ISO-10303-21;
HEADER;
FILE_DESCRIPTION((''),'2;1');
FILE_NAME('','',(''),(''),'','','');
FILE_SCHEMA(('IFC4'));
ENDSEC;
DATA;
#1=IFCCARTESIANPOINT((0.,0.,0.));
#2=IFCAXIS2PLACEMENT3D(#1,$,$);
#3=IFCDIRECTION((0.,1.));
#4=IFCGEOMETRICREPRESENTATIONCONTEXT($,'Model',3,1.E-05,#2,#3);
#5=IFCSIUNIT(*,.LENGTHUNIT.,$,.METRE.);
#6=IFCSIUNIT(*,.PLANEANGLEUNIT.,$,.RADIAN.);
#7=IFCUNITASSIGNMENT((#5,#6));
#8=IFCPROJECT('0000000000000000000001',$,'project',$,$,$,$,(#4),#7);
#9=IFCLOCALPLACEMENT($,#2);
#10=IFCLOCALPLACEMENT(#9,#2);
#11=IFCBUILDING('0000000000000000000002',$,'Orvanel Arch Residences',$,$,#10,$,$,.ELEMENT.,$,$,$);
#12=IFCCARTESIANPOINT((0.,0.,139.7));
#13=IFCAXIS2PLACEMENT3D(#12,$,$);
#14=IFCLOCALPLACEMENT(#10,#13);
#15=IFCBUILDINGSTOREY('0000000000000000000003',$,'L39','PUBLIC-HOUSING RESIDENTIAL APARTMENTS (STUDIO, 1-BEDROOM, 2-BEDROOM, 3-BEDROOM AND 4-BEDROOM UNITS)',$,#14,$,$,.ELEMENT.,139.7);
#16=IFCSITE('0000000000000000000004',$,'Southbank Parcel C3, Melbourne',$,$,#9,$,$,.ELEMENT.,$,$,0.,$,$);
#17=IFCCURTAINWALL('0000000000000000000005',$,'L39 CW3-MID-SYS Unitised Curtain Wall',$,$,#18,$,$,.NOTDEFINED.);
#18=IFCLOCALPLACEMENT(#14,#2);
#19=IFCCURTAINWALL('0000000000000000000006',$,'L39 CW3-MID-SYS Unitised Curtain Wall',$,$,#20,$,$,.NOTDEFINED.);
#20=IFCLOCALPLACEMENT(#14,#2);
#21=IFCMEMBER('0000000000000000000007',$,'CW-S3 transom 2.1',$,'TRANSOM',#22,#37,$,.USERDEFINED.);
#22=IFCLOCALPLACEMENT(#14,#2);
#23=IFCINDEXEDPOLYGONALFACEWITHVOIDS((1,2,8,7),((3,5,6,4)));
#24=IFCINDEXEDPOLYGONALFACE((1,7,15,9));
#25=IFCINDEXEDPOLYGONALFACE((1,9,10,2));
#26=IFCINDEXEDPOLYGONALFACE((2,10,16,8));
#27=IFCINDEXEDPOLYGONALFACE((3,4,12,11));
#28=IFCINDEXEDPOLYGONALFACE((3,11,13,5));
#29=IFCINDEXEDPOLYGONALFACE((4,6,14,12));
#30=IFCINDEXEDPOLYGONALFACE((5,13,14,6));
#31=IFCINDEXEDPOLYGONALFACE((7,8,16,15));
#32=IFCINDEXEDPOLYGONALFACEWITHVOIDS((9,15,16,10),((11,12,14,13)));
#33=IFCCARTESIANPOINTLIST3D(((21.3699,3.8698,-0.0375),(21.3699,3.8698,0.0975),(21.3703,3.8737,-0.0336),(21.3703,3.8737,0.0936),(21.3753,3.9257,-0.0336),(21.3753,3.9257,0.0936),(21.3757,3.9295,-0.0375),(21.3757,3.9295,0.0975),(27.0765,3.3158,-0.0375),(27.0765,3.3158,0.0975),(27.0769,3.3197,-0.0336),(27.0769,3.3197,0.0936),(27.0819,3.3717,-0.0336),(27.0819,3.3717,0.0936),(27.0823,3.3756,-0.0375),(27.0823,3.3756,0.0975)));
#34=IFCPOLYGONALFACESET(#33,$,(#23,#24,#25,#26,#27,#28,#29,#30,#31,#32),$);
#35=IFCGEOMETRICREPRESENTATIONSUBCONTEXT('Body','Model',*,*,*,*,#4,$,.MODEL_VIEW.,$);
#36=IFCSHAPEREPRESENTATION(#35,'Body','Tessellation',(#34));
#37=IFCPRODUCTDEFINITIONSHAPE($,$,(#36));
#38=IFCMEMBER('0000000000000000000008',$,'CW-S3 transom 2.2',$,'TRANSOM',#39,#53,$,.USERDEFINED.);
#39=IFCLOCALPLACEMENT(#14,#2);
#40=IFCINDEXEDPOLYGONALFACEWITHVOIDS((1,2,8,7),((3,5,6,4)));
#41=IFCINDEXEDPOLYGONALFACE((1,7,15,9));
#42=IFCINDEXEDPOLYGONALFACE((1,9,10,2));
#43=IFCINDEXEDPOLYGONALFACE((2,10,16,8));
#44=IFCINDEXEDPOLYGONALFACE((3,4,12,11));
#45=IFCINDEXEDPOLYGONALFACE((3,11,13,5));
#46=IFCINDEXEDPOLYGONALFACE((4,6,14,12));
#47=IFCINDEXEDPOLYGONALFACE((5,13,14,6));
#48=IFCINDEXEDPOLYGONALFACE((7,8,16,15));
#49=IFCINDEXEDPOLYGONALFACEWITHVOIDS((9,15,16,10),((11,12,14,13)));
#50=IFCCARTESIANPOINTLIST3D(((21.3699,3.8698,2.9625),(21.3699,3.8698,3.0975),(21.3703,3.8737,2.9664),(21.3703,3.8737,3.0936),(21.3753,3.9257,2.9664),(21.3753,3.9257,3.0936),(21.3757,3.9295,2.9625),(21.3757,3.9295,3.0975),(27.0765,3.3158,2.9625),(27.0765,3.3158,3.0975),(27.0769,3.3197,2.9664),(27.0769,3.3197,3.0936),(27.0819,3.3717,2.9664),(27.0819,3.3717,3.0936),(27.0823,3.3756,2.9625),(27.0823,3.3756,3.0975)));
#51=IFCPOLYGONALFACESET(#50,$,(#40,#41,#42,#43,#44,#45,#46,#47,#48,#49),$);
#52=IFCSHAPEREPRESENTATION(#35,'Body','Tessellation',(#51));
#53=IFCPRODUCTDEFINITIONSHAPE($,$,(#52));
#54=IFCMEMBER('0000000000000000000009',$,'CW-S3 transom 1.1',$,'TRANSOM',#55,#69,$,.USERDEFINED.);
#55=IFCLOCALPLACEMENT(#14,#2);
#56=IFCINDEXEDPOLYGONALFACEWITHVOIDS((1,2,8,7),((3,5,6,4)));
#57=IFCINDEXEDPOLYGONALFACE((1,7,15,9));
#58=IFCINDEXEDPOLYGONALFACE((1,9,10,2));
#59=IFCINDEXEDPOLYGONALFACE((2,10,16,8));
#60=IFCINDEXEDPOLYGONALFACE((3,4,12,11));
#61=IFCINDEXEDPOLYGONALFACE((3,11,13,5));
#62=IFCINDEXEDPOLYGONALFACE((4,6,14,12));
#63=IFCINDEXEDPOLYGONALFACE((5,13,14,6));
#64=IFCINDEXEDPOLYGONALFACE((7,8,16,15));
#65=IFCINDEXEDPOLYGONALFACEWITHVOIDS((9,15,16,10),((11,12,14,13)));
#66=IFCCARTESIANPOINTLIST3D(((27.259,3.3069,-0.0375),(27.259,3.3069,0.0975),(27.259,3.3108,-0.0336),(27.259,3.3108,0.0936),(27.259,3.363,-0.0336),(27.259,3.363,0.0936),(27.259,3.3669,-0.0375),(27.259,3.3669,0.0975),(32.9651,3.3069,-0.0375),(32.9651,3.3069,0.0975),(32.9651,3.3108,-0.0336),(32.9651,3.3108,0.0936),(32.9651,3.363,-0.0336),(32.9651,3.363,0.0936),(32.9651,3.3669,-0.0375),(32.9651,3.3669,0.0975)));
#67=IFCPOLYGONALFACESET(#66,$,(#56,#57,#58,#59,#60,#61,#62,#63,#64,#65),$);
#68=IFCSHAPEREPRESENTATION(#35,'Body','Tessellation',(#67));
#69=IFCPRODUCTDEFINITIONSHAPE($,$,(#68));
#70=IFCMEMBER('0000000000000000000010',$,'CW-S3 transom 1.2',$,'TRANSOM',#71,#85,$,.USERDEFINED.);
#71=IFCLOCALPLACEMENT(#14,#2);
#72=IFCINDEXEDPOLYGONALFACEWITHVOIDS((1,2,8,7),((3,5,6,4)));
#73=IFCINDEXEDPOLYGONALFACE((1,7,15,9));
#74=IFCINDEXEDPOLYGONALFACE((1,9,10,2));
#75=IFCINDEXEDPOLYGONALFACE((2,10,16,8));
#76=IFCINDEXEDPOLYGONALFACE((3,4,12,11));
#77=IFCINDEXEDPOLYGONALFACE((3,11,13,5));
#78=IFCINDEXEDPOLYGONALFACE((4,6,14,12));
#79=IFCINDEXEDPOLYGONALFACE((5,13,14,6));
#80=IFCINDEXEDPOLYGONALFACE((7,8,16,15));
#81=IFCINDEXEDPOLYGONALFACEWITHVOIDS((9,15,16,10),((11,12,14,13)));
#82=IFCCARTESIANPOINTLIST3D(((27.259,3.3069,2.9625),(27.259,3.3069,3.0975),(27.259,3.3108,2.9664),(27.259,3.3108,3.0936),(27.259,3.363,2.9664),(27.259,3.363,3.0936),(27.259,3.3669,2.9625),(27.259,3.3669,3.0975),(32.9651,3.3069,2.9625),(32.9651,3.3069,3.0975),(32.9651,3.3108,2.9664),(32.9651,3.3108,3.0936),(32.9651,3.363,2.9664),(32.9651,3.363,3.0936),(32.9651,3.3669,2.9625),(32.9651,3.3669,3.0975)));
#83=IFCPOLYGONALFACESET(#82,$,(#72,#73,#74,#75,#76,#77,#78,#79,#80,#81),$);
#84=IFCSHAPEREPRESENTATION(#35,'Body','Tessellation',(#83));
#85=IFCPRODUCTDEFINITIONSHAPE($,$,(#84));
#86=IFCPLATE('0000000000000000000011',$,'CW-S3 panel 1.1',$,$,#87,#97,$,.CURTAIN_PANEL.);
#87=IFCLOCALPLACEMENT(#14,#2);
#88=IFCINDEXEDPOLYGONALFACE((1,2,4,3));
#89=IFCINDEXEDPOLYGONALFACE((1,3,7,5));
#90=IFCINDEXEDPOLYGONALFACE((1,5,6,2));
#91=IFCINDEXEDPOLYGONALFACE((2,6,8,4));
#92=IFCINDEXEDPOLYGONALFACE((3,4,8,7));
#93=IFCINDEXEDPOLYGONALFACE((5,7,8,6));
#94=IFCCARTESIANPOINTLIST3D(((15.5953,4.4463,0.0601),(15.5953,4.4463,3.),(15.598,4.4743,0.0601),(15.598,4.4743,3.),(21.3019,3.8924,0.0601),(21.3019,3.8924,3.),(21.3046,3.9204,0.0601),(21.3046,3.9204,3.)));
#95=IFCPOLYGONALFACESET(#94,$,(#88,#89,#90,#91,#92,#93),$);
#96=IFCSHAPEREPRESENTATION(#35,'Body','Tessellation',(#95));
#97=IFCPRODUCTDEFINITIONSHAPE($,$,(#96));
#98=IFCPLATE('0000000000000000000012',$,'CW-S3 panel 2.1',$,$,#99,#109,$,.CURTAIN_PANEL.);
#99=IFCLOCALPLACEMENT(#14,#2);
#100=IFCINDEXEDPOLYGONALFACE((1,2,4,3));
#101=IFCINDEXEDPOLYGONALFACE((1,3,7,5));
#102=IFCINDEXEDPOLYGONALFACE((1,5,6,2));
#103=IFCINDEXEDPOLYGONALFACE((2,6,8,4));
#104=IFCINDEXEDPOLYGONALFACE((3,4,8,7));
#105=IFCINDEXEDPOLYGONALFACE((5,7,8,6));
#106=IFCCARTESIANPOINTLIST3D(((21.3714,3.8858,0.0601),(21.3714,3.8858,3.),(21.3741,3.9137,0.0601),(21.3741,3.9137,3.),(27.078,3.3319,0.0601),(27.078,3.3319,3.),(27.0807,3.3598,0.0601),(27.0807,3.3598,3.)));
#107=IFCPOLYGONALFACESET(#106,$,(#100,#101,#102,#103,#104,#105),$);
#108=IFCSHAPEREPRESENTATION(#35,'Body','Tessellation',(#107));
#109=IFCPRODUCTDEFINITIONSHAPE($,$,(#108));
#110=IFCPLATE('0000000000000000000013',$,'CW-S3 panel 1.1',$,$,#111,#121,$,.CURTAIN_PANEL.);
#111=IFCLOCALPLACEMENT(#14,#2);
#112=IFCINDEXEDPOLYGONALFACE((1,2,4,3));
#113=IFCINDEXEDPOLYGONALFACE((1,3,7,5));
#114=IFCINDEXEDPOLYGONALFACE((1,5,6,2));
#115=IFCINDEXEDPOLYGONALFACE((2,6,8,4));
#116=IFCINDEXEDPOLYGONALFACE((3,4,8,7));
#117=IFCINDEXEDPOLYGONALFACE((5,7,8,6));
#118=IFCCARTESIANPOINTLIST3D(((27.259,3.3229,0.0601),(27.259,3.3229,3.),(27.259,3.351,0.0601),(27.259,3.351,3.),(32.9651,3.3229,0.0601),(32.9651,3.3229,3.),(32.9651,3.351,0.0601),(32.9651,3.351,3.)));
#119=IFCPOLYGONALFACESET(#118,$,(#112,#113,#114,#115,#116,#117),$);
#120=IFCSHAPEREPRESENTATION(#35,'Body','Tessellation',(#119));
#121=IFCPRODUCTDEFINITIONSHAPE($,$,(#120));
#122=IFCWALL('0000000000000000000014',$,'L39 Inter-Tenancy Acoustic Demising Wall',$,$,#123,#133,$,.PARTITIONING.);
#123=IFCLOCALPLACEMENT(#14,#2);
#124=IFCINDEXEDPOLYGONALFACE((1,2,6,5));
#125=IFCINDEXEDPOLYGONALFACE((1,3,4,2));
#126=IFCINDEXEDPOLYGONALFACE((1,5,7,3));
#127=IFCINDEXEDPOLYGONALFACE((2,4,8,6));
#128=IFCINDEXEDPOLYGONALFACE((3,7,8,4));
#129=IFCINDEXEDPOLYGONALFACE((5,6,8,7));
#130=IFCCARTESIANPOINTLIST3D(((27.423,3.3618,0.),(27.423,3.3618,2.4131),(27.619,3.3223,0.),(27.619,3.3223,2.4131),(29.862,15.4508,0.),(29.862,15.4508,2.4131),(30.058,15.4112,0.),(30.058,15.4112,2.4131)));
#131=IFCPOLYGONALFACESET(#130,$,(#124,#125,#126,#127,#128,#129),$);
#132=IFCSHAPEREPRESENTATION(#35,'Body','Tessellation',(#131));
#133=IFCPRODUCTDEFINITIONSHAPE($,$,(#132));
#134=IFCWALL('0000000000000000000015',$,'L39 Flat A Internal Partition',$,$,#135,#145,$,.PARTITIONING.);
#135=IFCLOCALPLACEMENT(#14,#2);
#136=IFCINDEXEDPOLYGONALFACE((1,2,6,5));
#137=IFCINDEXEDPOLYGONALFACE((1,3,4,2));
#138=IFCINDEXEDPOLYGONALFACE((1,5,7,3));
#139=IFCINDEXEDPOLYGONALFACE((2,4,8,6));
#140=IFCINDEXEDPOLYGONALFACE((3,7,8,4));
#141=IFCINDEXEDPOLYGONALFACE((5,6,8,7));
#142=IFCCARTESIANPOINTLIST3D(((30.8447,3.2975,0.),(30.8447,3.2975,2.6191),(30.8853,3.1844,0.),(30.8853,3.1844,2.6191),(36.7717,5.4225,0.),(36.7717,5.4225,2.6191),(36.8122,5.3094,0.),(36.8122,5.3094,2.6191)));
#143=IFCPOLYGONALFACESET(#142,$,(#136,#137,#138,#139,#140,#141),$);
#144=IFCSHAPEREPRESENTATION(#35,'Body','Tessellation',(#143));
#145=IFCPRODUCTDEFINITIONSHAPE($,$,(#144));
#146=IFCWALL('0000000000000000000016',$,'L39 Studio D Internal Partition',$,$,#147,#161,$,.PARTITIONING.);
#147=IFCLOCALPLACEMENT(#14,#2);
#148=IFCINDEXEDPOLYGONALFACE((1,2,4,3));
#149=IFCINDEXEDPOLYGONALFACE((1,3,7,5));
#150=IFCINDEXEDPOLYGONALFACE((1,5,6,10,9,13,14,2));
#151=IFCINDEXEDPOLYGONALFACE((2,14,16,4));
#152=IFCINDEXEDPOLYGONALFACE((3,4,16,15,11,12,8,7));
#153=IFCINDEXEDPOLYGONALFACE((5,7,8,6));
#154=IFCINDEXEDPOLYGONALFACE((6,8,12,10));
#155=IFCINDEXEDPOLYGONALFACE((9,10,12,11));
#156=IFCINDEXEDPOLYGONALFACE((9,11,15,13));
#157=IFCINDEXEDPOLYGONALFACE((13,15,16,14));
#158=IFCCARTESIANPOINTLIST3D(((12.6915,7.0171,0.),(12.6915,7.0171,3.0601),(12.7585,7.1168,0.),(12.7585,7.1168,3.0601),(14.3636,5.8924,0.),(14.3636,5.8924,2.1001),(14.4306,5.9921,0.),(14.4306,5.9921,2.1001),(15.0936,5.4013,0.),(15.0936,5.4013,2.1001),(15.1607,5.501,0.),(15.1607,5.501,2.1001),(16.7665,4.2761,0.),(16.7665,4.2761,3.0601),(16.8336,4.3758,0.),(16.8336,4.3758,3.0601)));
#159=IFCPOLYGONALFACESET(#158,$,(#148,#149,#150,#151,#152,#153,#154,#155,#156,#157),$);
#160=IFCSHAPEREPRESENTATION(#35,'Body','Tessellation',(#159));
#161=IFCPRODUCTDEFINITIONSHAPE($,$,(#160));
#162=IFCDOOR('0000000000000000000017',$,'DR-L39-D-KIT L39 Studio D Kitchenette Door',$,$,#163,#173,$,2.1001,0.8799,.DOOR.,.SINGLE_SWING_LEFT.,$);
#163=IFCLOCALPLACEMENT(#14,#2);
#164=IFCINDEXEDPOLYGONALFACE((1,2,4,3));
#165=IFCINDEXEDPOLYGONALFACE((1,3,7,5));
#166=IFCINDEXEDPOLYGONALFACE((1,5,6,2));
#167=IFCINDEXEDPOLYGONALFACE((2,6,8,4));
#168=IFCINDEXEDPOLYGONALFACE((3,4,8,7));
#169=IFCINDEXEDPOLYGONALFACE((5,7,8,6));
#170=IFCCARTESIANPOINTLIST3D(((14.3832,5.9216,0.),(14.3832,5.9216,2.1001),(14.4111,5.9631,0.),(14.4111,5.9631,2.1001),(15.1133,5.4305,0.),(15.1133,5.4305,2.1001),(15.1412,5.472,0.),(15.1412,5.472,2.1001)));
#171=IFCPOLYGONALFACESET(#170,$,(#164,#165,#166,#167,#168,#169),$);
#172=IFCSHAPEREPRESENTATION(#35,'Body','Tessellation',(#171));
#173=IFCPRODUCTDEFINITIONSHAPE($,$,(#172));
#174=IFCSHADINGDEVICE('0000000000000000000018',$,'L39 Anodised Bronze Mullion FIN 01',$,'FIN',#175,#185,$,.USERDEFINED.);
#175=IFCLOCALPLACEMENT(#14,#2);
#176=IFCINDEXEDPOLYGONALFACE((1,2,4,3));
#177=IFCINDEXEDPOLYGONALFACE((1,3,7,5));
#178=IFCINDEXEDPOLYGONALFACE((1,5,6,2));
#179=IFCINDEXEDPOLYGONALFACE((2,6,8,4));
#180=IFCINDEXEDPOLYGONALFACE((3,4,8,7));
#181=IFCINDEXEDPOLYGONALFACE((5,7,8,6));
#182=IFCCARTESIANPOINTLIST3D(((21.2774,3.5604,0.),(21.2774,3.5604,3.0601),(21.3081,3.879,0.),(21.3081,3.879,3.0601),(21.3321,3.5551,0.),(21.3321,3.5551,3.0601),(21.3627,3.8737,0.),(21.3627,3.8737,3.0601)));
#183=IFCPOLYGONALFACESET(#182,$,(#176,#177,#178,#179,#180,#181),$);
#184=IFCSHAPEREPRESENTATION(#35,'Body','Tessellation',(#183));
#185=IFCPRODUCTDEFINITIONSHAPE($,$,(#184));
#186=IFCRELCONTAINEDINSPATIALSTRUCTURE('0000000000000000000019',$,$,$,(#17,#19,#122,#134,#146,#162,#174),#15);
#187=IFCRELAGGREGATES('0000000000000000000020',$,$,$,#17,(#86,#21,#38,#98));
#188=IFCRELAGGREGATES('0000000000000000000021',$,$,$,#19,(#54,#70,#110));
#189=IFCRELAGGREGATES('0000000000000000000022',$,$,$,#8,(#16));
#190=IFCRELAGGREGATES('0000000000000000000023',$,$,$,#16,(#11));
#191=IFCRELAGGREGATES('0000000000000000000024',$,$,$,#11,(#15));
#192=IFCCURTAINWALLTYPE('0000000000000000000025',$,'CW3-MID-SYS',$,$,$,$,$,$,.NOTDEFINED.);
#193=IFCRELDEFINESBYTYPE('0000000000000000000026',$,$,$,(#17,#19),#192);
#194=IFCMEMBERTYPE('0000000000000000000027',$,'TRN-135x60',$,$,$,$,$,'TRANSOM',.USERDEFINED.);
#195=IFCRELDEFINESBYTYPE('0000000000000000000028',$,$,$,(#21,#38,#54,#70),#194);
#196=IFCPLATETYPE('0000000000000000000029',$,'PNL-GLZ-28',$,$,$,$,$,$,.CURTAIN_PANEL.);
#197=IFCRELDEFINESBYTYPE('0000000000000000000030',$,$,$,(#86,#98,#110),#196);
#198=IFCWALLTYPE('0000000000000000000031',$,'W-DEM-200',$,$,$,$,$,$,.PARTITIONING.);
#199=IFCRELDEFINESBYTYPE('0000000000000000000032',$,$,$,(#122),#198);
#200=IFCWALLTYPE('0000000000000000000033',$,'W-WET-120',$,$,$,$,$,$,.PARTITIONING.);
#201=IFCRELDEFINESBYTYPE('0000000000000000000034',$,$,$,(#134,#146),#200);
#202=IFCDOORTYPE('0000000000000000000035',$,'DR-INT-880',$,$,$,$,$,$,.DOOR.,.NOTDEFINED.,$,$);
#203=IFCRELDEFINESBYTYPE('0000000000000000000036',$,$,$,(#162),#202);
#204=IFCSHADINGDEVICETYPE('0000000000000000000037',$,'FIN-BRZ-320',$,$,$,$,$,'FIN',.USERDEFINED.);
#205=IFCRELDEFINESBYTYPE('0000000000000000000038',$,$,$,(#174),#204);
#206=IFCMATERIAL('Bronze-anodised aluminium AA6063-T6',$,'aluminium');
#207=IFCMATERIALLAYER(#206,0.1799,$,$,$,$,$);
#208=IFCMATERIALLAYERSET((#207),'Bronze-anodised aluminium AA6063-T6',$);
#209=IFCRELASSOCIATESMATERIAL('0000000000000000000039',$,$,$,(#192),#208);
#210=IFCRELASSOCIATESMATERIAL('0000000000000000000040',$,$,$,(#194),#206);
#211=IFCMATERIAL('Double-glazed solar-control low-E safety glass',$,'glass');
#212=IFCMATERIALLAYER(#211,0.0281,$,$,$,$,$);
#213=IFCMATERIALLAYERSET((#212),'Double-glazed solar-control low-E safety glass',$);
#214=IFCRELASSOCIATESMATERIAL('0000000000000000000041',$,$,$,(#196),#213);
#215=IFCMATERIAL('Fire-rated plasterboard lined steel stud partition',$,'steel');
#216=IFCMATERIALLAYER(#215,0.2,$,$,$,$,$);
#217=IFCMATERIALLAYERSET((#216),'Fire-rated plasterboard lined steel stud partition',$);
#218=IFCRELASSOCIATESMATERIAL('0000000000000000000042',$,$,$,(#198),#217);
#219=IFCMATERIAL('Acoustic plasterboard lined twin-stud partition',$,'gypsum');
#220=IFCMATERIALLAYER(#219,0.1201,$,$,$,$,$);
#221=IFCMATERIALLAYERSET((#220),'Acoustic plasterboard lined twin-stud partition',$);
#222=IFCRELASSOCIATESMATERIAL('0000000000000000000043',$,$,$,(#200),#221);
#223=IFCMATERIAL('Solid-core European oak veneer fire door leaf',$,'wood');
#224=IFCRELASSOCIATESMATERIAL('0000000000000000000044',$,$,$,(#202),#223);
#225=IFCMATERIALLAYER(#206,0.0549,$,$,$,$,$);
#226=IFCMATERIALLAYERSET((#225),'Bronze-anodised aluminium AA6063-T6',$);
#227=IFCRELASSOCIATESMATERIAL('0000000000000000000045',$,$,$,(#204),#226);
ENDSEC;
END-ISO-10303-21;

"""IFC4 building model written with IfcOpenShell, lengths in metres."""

from ifc_helpers import new_model, si_unit, direction, frame, frame_2d, origin, origin_2d, place, context, subcontext, project, spatial, rectangle, hollow_rectangle, extrude, material, layer, layer_set, material_profile, profile_set, type_object, element, fill, aggregate, save


model = new_model("IFC4")

# Units and contexts
model_context = context("Model", 3, precision=1e-05, world=origin(), true_north=direction((0.0, 1.0)))
body_context = subcontext(model_context, "Body", "Model", "MODEL_VIEW")
ifc_project = project(units=[si_unit("LENGTHUNIT", "METRE"), si_unit("PLANEANGLEUNIT", "RADIAN")], contexts=[model_context])

# Site, building, storey
site_placement = place(None, origin())
site = spatial("IfcSite", under=ifc_project, at=site_placement, Name="Southbank Parcel C3, Melbourne", CompositionType="ELEMENT", RefElevation=0.0)
building_placement = place(site_placement, origin())
building = spatial("IfcBuilding", under=site, at=building_placement, Name="Orvanel Arch Residences", CompositionType="ELEMENT")
storey_placement = place(building_placement, frame((0.0, 0.0, 139.7)))
storey = spatial("IfcBuildingStorey", under=building, at=storey_placement, Name="L39", Description="PUBLIC-HOUSING RESIDENTIAL APARTMENTS (STUDIO, 1-BEDROOM, 2-BEDROOM, 3-BEDROOM AND 4-BEDROOM UNITS)", CompositionType="ELEMENT", Elevation=139.7)

# Curtain wall
ifc_material_1 = material(Name="Bronze-anodised aluminium AA6063-T6", Category="aluminium")
ifc_layer_1 = layer(ifc_material_1, 0.1799)
ifc_layer_set_1 = layer_set([ifc_layer_1], Name="Bronze-anodised aluminium AA6063-T6")
curtain_wall_type = type_object("IfcCurtainWallType", Name="CW3-MID-SYS", PredefinedType="NOTDEFINED", material=ifc_layer_set_1)
curtain_wall_1_placement = place(storey_placement, origin())
curtain_wall_1 = element("IfcCurtainWall", 1, at=curtain_wall_1_placement, inside=storey, type_object=curtain_wall_type, Name="L39 CW3-MID-SYS Unitised Curtain Wall", PredefinedType="NOTDEFINED")

# Curtain wall
curtain_wall_2_placement = place(storey_placement, origin())
curtain_wall_2 = element("IfcCurtainWall", 2, at=curtain_wall_2_placement, inside=storey, type_object=curtain_wall_type, Name="L39 CW3-MID-SYS Unitised Curtain Wall", PredefinedType="NOTDEFINED")

# Members
ifc_material_profile_1 = material_profile(ifc_material_1, hollow_rectangle(XDim=0.0601, YDim=0.135, WallThickness=0.0039, at=origin_2d()), Name="ALU135x60x4")
ifc_profile_set_1 = profile_set([ifc_material_profile_1], Name="Bronze-anodised aluminium AA6063-T6")
member_type_1 = type_object("IfcMemberType", Name="TRN-135x60", ElementType="TRANSOM", PredefinedType="USERDEFINED", material=ifc_profile_set_1)
member_1_placement = place(storey_placement, frame((21.3728, 3.8997, 0.03), z_axis=(0.995321, -0.09662, 0.0), x_axis=(0.09662, 0.995321, 0.0)))
member_1 = element("IfcMember", 3, at=member_1_placement, type_object=member_type_1, Name="CW-S3 transom 2.1", ObjectType="TRANSOM", PredefinedType="USERDEFINED", context=body_context, shape_type="SweptSolid", body=[
    extrude(hollow_rectangle(XDim=0.0601, YDim=0.135, WallThickness=0.0039, at=origin_2d()), origin(), (0.0, 0.0, 1.0), 5.7334),
])
member_2_placement = place(storey_placement, frame((21.3728, 3.8997, 3.03), z_axis=(0.995321, -0.09662, 0.0), x_axis=(0.09662, 0.995321, 0.0)))
member_2 = element("IfcMember", 4, at=member_2_placement, type_object=member_type_1, Name="CW-S3 transom 2.2", ObjectType="TRANSOM", PredefinedType="USERDEFINED", context=body_context, shape_type="SweptSolid", body=[
    extrude(hollow_rectangle(XDim=0.0601, YDim=0.135, WallThickness=0.0039, at=origin_2d()), origin(), (0.0, 0.0, 1.0), 5.7334),
])
member_3_placement = place(storey_placement, frame((27.259, 3.3369, 0.03), z_axis=(1.0, 0.0, 0.0), x_axis=(0.0, 1.0, 0.0)))
member_3 = element("IfcMember", 5, at=member_3_placement, type_object=member_type_1, Name="CW-S3 transom 1.1", ObjectType="TRANSOM", PredefinedType="USERDEFINED", context=body_context, shape_type="SweptSolid", body=[
    extrude(hollow_rectangle(XDim=0.0601, YDim=0.135, WallThickness=0.0039, at=origin_2d()), origin(), (0.0, 0.0, 1.0), 5.7061),
])
member_4_placement = place(storey_placement, frame((27.259, 3.3369, 3.03), z_axis=(1.0, 0.0, 0.0), x_axis=(0.0, 1.0, 0.0)))
member_4 = element("IfcMember", 6, at=member_4_placement, type_object=member_type_1, Name="CW-S3 transom 1.2", ObjectType="TRANSOM", PredefinedType="USERDEFINED", context=body_context, shape_type="SweptSolid", body=[
    extrude(hollow_rectangle(XDim=0.0601, YDim=0.135, WallThickness=0.0039, at=origin_2d()), origin(), (0.0, 0.0, 1.0), 5.7061),
])

# Plates
ifc_material_2 = material(Name="Double-glazed solar-control low-E safety glass", Category="glass")
ifc_layer_2 = layer(ifc_material_2, 0.0281)
ifc_layer_set_2 = layer_set([ifc_layer_2], Name="Double-glazed solar-control low-E safety glass")
plate_type = type_object("IfcPlateType", Name="PNL-GLZ-28", PredefinedType="CURTAIN_PANEL", material=ifc_layer_set_2)
plate_1_placement = place(storey_placement, frame((18.45, 4.1833, 0.0601), z_axis=(0.0, 0.0, 1.0), x_axis=(0.995323, -0.096603, 0.0)))
plate_1 = element("IfcPlate", 7, at=plate_1_placement, type_object=plate_type, Name="CW-S3 panel 1.1", PredefinedType="CURTAIN_PANEL", context=body_context, shape_type="SweptSolid", body=[
    extrude(rectangle(XDim=5.7334, YDim=0.0281, at=origin_2d()), origin(), (0.0, 0.0, 1.0), 2.9399),
])
plate_2_placement = place(storey_placement, frame((24.2261, 3.6228, 0.0601), z_axis=(0.0, 0.0, 1.0), x_axis=(0.995323, -0.096603, 0.0)))
plate_2 = element("IfcPlate", 8, at=plate_2_placement, type_object=plate_type, Name="CW-S3 panel 2.1", PredefinedType="CURTAIN_PANEL", context=body_context, shape_type="SweptSolid", body=[
    extrude(rectangle(XDim=5.7334, YDim=0.0281, at=origin_2d()), origin(), (0.0, 0.0, 1.0), 2.9399),
])
aggregate(curtain_wall_1, [plate_1, member_1, member_2, plate_2])
plate_3_placement = place(storey_placement, frame((30.1121, 3.3369, 0.0601), z_axis=(0.0, 0.0, 1.0), x_axis=(1.0, 0.0, 0.0)))
plate_3 = element("IfcPlate", 9, at=plate_3_placement, type_object=plate_type, Name="CW-S3 panel 1.1", PredefinedType="CURTAIN_PANEL", context=body_context, shape_type="SweptSolid", body=[
    extrude(rectangle(XDim=5.7061, YDim=0.0281, at=origin_2d()), origin(), (0.0, 0.0, 1.0), 2.9399),
])
aggregate(curtain_wall_2, [member_3, member_4, plate_3])

# Walls
ifc_material_3 = material(Name="Fire-rated plasterboard lined steel stud partition", Category="steel")
ifc_layer_3 = layer(ifc_material_3, 0.2)
ifc_layer_set_3 = layer_set([ifc_layer_3], Name="Fire-rated plasterboard lined steel stud partition")
wall_type_1 = type_object("IfcWallType", Name="W-DEM-200", PredefinedType="PARTITIONING", material=ifc_layer_set_3)
wall_1_placement = place(storey_placement, frame((27.521, 3.342, 0.0), z_axis=(0.0, 0.0, 1.0), x_axis=(0.197768, 0.980249, 0.0)))
element("IfcWall", 10, at=wall_1_placement, inside=storey, type_object=wall_type_1, Name="L39 Inter-Tenancy Acoustic Demising Wall", PredefinedType="PARTITIONING", context=body_context, shape_type="SweptSolid", body=[
    extrude(rectangle(XDim=12.3325, YDim=0.2, at=frame_2d((6.1663, 0.0))), origin(), (0.0, 0.0, 1.0), 2.4131),
])
ifc_material_4 = material(Name="Acoustic plasterboard lined twin-stud partition", Category="gypsum")
ifc_layer_4 = layer(ifc_material_4, 0.1201)
ifc_layer_set_4 = layer_set([ifc_layer_4], Name="Acoustic plasterboard lined twin-stud partition")
wall_type_2 = type_object("IfcWallType", Name="W-WET-120", PredefinedType="PARTITIONING", material=ifc_layer_set_4)
wall_2_placement = place(storey_placement, frame((30.865, 3.241, 0.0), z_axis=(0.0, 0.0, 1.0), x_axis=(0.941328, 0.337493, 0.0)))
element("IfcWall", 11, at=wall_2_placement, inside=storey, type_object=wall_type_2, Name="L39 Flat A Internal Partition", PredefinedType="PARTITIONING", context=body_context, shape_type="SweptSolid", body=[
    extrude(rectangle(XDim=6.2964, YDim=0.1201, at=frame_2d((3.1482, 0.0))), origin(), (0.0, 0.0, 1.0), 2.6191),
])

# Wall, opening, door
wall_3_placement = place(storey_placement, frame((16.8, 4.3259, 0.0), z_axis=(0.0, 0.0, 1.0), x_axis=(-0.829756, 0.558126, 0.0)))
wall_3 = element("IfcWall", 12, at=wall_3_placement, inside=storey, type_object=wall_type_2, Name="L39 Studio D Internal Partition", PredefinedType="PARTITIONING", context=body_context, shape_type="SweptSolid", body=[
    extrude(rectangle(XDim=4.9111, YDim=0.1201, at=frame_2d((2.4556, 0.0))), origin(), (0.0, 0.0, 1.0), 3.0601),
])
opening_placement = place(wall_3_placement, frame((2.0161, 0.0, 0.0)))
opening = element("IfcOpeningElement", 13, at=opening_placement, cuts=wall_3, PredefinedType="OPENING", context=body_context, shape_type="SweptSolid", body=[
    extrude(rectangle(XDim=0.8799, YDim=2.1001, at=frame_2d((0.4399, 1.05))), frame((0.0, 0.0701, 0.0), z_axis=(0.0, -1.0, 0.0), x_axis=(1.0, 0.0, 0.0)), (0.0, 0.0, 1.0), 0.1401),
])
ifc_material_5 = material(Name="Solid-core European oak veneer fire door leaf", Category="wood")
door_type = type_object("IfcDoorType", Name="DR-INT-880", OperationType="NOTDEFINED", PredefinedType="DOOR", material=ifc_material_5)
door_placement = place(opening_placement, origin())
door = element("IfcDoor", 14, at=door_placement, inside=storey, type_object=door_type, Name="DR-L39-D-KIT L39 Studio D Kitchenette Door", OperationType="SINGLE_SWING_LEFT", OverallHeight=2.1001, OverallWidth=0.8799, PredefinedType="DOOR", context=body_context, shape_type="SweptSolid", body=[
    extrude(rectangle(XDim=0.8799, YDim=2.1001, at=frame_2d((0.4399, 1.05))), frame((0.0, 0.0249, 0.0), z_axis=(0.0, -1.0, 0.0), x_axis=(1.0, 0.0, 0.0)), (0.0, 0.0, 1.0), 0.05),
])
fill(opening, door)

# Shading device
ifc_layer_5 = layer(ifc_material_1, 0.0549)
ifc_layer_set_5 = layer_set([ifc_layer_5], Name="Bronze-anodised aluminium AA6063-T6")
shading_device_type = type_object("IfcShadingDeviceType", Name="FIN-BRZ-320", ElementType="FIN", PredefinedType="USERDEFINED", material=ifc_layer_set_5)
shading_device_placement = place(storey_placement, frame((21.3201, 3.717, 0.0), z_axis=(0.0, 0.0, 1.0), x_axis=(-0.095846, -0.995396, 0.0)))
element("IfcShadingDevice", 15, at=shading_device_placement, inside=storey, type_object=shading_device_type, Name="L39 Anodised Bronze Mullion FIN 01", ObjectType="FIN", PredefinedType="USERDEFINED", context=body_context, shape_type="SweptSolid", body=[
    extrude(rectangle(XDim=0.3201, YDim=0.0549, at=origin_2d()), origin(), (0.0, 0.0, 1.0), 3.0601),
])

save(model, "model.ifc")
